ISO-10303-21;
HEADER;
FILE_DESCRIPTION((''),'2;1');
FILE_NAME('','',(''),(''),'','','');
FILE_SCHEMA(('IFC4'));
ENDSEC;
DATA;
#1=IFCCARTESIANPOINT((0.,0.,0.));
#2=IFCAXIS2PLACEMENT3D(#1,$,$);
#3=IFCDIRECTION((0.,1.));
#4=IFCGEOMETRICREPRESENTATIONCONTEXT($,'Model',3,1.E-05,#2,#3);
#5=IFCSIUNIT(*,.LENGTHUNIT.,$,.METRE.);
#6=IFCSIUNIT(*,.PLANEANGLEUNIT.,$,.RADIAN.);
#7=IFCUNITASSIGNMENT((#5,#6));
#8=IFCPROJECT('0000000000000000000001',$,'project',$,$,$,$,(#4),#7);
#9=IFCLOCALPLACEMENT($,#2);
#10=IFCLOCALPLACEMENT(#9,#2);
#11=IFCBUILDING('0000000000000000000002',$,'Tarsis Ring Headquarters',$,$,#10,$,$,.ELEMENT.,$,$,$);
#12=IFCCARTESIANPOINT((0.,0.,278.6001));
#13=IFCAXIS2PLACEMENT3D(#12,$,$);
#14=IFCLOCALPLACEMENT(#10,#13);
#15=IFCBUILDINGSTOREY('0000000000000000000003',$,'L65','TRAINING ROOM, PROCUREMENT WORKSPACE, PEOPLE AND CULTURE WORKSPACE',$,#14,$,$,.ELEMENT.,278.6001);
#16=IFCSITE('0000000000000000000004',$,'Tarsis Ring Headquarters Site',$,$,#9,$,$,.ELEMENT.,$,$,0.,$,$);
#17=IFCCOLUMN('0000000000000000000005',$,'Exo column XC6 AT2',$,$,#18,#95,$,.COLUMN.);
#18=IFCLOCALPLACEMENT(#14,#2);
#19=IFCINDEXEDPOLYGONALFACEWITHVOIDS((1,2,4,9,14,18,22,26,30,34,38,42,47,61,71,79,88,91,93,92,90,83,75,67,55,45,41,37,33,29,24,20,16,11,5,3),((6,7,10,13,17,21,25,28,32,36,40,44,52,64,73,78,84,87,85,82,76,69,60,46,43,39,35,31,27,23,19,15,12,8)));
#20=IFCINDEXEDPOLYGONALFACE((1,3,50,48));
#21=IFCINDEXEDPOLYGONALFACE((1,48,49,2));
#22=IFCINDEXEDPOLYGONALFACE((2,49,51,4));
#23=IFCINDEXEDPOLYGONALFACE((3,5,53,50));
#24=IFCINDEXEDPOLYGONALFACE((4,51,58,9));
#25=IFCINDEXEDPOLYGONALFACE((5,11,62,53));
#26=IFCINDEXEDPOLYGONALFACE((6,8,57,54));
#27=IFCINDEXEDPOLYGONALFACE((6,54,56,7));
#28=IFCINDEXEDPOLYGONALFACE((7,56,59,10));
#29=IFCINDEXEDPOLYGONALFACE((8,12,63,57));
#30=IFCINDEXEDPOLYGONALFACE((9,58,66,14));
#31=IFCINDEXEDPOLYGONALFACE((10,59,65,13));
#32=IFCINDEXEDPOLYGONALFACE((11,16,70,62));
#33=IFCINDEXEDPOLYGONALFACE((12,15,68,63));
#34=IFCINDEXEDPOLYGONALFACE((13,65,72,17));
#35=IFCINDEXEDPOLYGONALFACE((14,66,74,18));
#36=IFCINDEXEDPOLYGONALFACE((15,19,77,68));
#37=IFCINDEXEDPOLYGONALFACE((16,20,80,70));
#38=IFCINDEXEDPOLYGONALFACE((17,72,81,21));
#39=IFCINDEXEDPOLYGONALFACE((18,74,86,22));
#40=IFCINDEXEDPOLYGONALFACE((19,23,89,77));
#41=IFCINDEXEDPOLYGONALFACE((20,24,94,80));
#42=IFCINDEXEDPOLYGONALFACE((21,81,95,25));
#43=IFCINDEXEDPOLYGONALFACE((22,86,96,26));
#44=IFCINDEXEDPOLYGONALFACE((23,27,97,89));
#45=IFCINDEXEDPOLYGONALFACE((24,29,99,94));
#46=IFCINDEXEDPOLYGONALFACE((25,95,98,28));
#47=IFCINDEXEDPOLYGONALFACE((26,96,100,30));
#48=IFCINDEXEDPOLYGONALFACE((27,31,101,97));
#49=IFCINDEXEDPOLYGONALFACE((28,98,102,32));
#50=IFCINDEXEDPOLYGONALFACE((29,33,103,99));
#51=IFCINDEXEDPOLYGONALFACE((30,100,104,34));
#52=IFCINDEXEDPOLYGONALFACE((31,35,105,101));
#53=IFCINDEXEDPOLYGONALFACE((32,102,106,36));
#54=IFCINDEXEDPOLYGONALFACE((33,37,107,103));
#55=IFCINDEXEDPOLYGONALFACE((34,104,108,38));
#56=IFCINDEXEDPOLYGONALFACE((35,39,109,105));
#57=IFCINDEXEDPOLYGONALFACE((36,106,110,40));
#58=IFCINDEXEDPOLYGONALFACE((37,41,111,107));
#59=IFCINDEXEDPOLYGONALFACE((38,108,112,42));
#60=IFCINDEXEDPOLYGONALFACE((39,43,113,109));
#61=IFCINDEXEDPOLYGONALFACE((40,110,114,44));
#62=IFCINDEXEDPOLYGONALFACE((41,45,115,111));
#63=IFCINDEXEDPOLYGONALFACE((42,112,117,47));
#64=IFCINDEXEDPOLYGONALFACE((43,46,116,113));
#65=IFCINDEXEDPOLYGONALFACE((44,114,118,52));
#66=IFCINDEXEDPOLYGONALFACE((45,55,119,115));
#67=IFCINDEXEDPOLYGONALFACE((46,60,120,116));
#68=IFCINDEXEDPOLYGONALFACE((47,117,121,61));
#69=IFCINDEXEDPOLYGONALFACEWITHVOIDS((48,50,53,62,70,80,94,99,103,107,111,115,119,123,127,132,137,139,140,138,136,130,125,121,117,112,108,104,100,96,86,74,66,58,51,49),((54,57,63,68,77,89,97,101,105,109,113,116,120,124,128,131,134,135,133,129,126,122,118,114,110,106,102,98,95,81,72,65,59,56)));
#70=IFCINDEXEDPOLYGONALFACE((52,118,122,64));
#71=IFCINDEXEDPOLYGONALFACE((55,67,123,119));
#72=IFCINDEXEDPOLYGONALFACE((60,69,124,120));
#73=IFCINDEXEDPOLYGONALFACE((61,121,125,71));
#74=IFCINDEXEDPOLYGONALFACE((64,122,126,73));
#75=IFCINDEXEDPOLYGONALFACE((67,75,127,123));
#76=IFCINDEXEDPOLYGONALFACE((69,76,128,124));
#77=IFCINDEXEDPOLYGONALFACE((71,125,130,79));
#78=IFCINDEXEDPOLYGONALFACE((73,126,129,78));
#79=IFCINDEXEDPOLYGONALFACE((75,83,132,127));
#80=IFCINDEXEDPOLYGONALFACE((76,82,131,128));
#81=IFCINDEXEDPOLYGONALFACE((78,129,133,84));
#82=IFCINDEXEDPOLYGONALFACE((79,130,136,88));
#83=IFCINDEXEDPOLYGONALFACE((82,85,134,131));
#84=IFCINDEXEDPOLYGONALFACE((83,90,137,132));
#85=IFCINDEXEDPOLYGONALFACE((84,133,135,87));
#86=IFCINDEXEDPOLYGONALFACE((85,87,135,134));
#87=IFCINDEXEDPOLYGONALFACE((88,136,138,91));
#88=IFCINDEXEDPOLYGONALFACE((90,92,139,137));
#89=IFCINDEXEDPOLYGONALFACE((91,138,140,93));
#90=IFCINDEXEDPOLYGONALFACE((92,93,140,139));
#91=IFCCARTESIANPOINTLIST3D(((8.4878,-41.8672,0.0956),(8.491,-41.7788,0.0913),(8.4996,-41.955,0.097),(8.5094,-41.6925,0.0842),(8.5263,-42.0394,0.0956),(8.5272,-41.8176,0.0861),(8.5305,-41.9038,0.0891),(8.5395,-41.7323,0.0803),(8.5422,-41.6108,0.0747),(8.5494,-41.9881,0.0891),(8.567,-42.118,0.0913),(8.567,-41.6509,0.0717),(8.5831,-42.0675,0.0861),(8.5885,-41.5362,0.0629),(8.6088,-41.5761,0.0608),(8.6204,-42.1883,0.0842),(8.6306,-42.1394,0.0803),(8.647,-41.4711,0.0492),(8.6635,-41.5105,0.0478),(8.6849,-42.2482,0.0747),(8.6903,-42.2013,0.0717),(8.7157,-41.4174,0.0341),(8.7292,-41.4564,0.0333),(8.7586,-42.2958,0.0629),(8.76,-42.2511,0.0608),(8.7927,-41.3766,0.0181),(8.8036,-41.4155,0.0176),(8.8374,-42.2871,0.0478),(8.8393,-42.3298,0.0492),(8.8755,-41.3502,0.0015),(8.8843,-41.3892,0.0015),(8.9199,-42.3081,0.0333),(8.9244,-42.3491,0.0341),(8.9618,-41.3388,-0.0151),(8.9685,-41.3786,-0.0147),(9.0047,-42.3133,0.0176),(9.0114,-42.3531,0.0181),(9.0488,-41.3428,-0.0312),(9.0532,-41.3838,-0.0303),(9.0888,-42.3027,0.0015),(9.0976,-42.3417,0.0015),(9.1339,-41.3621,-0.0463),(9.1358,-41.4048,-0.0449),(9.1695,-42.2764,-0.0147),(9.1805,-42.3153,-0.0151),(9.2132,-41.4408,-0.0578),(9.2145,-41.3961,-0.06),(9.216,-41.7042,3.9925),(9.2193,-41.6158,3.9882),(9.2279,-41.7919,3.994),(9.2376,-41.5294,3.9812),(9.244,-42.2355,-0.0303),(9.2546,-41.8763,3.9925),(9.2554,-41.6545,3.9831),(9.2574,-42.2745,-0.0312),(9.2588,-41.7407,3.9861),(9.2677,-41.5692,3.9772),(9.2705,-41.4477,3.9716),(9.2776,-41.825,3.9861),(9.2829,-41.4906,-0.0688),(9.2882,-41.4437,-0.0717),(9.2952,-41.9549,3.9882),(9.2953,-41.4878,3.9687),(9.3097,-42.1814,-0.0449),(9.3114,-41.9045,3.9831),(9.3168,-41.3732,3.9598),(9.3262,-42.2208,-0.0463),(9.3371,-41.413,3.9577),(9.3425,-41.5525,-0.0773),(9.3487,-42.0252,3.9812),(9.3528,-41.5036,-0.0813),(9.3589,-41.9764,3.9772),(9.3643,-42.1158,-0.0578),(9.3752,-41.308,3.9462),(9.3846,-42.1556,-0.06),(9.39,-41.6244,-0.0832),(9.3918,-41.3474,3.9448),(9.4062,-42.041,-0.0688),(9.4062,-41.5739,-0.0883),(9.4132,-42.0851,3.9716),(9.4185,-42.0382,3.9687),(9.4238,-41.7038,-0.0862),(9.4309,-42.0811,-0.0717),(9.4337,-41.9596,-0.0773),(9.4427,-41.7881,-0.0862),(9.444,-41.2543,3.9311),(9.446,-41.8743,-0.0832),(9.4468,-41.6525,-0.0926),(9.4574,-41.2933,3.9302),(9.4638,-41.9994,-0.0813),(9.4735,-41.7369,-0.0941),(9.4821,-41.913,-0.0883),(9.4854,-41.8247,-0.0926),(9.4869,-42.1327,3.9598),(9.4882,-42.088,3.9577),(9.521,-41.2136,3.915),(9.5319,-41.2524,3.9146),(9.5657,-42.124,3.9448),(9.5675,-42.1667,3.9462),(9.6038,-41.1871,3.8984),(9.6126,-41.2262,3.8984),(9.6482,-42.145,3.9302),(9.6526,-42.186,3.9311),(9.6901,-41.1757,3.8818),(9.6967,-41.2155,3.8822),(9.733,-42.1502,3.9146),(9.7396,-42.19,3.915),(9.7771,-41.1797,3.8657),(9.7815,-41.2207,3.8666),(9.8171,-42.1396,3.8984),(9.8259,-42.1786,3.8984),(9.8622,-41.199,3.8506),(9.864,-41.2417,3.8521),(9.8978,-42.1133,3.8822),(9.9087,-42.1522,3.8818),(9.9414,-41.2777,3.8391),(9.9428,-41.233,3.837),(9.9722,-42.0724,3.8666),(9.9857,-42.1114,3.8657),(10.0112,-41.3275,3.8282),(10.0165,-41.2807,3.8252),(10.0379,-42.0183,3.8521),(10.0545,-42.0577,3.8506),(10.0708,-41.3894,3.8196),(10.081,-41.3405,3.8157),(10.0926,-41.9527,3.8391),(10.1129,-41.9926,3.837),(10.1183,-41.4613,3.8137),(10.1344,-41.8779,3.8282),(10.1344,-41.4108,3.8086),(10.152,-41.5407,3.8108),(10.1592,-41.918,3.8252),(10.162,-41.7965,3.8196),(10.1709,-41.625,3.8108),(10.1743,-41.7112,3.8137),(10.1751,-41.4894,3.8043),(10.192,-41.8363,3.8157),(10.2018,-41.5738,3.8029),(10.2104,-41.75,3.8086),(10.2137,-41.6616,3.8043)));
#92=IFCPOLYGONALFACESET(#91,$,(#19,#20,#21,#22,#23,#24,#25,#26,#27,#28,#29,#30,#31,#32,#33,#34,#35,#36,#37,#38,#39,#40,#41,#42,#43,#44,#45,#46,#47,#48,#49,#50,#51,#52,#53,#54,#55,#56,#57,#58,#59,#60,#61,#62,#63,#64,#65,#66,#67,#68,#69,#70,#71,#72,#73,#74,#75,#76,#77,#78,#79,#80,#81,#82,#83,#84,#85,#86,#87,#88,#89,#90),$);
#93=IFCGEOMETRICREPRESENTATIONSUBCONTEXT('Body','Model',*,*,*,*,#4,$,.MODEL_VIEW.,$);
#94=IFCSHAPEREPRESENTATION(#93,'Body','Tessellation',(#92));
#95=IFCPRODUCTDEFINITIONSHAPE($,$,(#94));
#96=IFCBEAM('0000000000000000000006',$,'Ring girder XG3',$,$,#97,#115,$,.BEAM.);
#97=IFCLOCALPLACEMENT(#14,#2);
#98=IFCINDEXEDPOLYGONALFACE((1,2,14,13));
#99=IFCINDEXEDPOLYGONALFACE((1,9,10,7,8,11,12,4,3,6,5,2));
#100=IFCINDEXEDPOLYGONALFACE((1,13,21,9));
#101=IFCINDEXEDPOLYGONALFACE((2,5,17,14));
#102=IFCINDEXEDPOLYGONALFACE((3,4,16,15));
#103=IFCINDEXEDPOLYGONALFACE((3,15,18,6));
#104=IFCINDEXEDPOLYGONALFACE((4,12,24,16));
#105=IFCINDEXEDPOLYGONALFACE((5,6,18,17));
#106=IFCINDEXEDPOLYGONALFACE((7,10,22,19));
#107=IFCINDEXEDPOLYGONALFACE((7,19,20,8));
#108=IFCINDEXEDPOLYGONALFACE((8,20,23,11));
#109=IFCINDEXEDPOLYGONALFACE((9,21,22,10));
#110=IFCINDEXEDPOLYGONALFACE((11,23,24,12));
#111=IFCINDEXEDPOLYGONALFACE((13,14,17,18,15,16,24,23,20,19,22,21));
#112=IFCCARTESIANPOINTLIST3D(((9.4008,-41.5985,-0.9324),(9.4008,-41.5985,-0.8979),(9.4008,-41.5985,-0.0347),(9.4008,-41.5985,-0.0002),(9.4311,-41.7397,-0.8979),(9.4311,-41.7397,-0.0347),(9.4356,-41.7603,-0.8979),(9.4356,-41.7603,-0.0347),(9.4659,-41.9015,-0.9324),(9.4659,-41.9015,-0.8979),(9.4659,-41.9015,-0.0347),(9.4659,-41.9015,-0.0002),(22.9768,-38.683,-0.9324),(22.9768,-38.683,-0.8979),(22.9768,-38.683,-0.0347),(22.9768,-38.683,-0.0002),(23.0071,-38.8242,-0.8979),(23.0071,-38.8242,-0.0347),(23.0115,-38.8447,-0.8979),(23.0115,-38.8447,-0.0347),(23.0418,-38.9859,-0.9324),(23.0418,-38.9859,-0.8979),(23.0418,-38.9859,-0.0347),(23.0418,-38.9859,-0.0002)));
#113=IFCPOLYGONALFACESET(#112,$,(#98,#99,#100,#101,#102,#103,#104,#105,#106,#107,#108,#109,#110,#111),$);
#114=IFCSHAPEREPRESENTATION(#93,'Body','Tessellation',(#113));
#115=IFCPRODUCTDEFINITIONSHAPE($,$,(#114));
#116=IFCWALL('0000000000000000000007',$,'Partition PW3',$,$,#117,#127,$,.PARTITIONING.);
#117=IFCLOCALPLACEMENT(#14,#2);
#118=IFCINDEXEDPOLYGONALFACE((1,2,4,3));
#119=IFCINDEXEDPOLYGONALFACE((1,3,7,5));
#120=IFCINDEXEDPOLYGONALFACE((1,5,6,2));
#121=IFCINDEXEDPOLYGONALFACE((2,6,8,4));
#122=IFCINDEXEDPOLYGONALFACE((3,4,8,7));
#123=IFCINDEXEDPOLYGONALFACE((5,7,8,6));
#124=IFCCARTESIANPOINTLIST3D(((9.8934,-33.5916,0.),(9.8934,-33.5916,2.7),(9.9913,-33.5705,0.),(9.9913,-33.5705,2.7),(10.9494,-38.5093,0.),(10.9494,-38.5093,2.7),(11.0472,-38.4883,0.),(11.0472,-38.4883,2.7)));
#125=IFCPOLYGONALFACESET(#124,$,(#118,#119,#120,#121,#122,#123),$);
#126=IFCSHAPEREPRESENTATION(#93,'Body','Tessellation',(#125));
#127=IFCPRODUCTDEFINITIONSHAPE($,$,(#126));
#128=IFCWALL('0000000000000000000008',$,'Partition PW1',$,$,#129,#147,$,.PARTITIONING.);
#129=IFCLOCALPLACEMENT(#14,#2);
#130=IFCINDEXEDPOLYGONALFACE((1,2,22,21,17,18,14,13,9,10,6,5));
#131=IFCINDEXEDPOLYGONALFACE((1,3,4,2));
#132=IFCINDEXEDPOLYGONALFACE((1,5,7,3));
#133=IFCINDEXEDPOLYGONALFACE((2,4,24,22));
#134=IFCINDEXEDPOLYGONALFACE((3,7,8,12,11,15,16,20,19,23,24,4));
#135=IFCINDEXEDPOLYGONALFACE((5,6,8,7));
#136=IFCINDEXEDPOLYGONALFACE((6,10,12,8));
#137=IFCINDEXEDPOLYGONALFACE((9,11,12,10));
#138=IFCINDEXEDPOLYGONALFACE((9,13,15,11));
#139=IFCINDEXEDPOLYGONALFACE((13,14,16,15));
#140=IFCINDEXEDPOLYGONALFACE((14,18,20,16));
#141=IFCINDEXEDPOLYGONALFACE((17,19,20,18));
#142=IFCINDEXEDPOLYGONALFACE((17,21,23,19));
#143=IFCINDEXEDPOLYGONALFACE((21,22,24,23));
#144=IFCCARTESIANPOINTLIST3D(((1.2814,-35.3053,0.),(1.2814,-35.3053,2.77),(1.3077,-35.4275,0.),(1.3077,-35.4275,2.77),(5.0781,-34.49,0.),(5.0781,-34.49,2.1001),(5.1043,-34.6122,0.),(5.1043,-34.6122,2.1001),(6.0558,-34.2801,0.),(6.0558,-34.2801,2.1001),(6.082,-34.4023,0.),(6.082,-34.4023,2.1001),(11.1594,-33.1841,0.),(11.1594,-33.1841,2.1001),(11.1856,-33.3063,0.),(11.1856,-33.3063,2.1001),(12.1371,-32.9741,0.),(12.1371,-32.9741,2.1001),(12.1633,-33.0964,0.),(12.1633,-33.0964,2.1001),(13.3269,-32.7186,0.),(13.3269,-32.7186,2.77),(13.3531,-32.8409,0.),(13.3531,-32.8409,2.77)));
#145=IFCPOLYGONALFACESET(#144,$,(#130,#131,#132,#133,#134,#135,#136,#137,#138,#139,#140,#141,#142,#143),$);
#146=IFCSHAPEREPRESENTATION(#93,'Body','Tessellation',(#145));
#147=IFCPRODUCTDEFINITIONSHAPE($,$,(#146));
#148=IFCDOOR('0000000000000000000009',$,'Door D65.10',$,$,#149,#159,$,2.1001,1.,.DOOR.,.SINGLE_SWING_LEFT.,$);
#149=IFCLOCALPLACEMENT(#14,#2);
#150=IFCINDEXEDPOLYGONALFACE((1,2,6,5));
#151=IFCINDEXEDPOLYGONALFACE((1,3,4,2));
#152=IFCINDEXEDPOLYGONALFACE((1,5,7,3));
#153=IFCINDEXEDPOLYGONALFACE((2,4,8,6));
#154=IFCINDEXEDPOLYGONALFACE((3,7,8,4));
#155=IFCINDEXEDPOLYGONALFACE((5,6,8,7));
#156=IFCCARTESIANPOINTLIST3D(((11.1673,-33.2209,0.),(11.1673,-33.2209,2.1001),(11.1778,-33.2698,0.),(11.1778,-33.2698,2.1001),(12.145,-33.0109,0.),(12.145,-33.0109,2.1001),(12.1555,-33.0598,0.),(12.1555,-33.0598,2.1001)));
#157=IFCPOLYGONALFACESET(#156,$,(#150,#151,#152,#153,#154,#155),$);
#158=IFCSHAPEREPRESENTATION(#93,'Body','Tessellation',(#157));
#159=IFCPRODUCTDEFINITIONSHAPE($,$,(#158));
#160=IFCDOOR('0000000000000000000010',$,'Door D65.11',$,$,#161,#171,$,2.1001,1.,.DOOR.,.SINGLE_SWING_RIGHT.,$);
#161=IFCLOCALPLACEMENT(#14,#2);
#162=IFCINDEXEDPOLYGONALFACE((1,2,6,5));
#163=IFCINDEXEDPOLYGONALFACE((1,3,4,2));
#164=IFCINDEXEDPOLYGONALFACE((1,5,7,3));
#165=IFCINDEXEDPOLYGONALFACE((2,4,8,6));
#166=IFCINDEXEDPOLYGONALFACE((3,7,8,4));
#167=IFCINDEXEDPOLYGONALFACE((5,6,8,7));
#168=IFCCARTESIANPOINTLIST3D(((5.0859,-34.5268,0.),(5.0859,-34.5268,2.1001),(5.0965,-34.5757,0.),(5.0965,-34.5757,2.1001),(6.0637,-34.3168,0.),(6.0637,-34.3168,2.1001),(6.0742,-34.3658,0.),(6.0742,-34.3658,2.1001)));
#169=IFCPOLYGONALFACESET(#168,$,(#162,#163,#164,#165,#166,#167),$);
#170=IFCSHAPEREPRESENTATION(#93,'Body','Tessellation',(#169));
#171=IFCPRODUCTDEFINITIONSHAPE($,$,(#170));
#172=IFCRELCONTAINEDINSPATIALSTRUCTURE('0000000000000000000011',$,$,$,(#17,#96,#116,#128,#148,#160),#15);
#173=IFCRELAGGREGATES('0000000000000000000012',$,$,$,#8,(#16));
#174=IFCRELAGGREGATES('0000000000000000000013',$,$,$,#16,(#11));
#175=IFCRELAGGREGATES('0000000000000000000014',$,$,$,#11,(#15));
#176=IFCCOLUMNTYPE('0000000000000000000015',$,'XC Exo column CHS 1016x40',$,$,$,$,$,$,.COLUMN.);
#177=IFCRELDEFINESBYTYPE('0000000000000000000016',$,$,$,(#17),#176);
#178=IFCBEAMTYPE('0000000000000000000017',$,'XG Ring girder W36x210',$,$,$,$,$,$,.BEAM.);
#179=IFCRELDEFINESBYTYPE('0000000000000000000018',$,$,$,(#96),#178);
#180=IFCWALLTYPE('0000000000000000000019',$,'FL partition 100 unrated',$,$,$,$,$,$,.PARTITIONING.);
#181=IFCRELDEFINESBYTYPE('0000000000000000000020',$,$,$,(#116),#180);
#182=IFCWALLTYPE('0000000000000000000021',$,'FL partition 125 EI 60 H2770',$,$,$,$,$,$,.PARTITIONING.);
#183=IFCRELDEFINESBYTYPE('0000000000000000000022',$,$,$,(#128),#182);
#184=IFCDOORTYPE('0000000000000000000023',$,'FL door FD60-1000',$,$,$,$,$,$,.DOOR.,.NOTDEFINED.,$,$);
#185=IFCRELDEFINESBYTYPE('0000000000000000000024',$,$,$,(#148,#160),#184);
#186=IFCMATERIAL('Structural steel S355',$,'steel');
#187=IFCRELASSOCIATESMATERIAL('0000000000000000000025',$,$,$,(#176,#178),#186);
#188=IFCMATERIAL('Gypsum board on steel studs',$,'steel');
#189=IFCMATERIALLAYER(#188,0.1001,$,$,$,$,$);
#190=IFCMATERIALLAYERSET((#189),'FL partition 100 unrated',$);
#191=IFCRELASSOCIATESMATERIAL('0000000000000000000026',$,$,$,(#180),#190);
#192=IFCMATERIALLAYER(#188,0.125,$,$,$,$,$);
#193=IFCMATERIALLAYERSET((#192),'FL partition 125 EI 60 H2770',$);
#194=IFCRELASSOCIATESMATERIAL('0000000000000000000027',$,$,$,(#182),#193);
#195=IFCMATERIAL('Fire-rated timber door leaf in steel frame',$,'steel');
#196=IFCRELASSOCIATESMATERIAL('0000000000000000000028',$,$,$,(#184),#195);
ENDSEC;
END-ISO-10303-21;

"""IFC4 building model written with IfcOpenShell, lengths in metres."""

from ifc_helpers import new_model, si_unit, direction, frame, frame_2d, origin, origin_2d, place, context, subcontext, project, spatial, rectangle, hollow_circle, i_section, extrude, material, layer, layer_set, material_profile, profile_set, type_object, element, fill, save


model = new_model("IFC4")

# Units and contexts
model_context = context("Model", 3, precision=1e-05, world=origin(), true_north=direction((0.0, 1.0)))
body_context = subcontext(model_context, "Body", "Model", "MODEL_VIEW")
ifc_project = project(units=[si_unit("LENGTHUNIT", "METRE"), si_unit("PLANEANGLEUNIT", "RADIAN")], contexts=[model_context])

# Site, building, storey
site_placement = place(None, origin())
site = spatial("IfcSite", under=ifc_project, at=site_placement, Name="Tarsis Ring Headquarters Site", CompositionType="ELEMENT", RefElevation=0.0)
building_placement = place(site_placement, origin())
building = spatial("IfcBuilding", under=site, at=building_placement, Name="Tarsis Ring Headquarters", CompositionType="ELEMENT")
storey_placement = place(building_placement, frame((0.0, 0.0, 278.6001)))
storey = spatial("IfcBuildingStorey", under=building, at=storey_placement, Name="L65", Description="TRAINING ROOM, PROCUREMENT WORKSPACE, PEOPLE AND CULTURE WORKSPACE", CompositionType="ELEMENT", Elevation=278.6001)

# Column
ifc_material_1 = material(Name="Structural steel S355", Category="steel")
ifc_material_profile_1 = material_profile(ifc_material_1, hollow_circle(Radius=0.5081, WallThickness=0.04, at=origin_2d()), Name="CHS 1016x40")
ifc_profile_set_1 = profile_set([ifc_material_profile_1], Name="Structural steel S355")
column_type = type_object("IfcColumnType", Name="XC Exo column CHS 1016x40", PredefinedType="COLUMN", material=ifc_profile_set_1)
column_placement = place(storey_placement, frame((8.9866, -41.8459, 0.0015), z_axis=(0.183546, 0.041102, 0.982151), x_axis=(-0.218523, 0.975832, 0.0)))
element("IfcColumn", 1, at=column_placement, inside=storey, type_object=column_type, Name="Exo column XC6 AT2", PredefinedType="COLUMN", context=body_context, shape_type="SweptSolid", body=[
    extrude(hollow_circle(Radius=0.5081, WallThickness=0.04, at=origin_2d()), origin(), (0.0, 0.0, 1.0), 3.9678),
])

# Beam
ifc_material_profile_2 = material_profile(ifc_material_1, i_section(OverallWidth=0.3098, OverallDepth=0.9321, WebThickness=0.021, FlangeThickness=0.0344, at=origin_2d()), Name="W36x210")
ifc_profile_set_2 = profile_set([ifc_material_profile_2], Name="Structural steel S355")
beam_type = type_object("IfcBeamType", Name="XG Ring girder W36x210", PredefinedType="BEAM", material=ifc_profile_set_2)
beam_placement = place(storey_placement, frame((9.4333, -41.75, -0.4663), z_axis=(0.977708, 0.20997, 0.0), x_axis=(-0.20997, 0.977708, 0.0)))
element("IfcBeam", 2, at=beam_placement, inside=storey, type_object=beam_type, Name="Ring girder XG3", PredefinedType="BEAM", context=body_context, shape_type="SweptSolid", body=[
    extrude(i_section(OverallWidth=0.3098, OverallDepth=0.9321, WebThickness=0.021, FlangeThickness=0.0344, at=origin_2d()), origin(), (0.0, 0.0, 1.0), 13.8855),
])

# Wall
ifc_material_2 = material(Name="Gypsum board on steel studs", Category="steel")
ifc_layer_1 = layer(ifc_material_2, 0.1001)
ifc_layer_set_1 = layer_set([ifc_layer_1], Name="FL partition 100 unrated")
wall_type_1 = type_object("IfcWallType", Name="FL partition 100 unrated", PredefinedType="PARTITIONING", material=ifc_layer_set_1)
wall_1_placement = place(storey_placement, frame((9.9424, -33.5811, 0.0), z_axis=(0.0, 0.0, 1.0), x_axis=(0.20993, -0.977716, 0.0)))
element("IfcWall", 3, at=wall_1_placement, inside=storey, type_object=wall_type_1, Name="Partition PW3", PredefinedType="PARTITIONING", context=body_context, shape_type="SweptSolid", body=[
    extrude(rectangle(XDim=5.0298, YDim=0.1001, at=frame_2d((2.5149, 0.0))), origin(), (0.0, 0.0, 1.0), 2.7),
])

# Wall, openings, doors
ifc_layer_2 = layer(ifc_material_2, 0.125)
ifc_layer_set_2 = layer_set([ifc_layer_2], Name="FL partition 125 EI 60 H2770")
wall_type_2 = type_object("IfcWallType", Name="FL partition 125 EI 60 H2770", PredefinedType="PARTITIONING", material=ifc_layer_set_2)
wall_2_placement = place(storey_placement, frame((1.2944, -35.3665, 0.0), z_axis=(0.0, 0.0, 1.0), x_axis=(0.977711, 0.209957, 0.0)))
wall_2 = element("IfcWall", 4, at=wall_2_placement, inside=storey, type_object=wall_type_2, Name="Partition PW1", PredefinedType="PARTITIONING", context=body_context, shape_type="SweptSolid", body=[
    extrude(rectangle(XDim=12.3201, YDim=0.125, at=frame_2d((6.1602, 0.0))), origin(), (0.0, 0.0, 1.0), 2.77),
])
opening_1_placement = place(wall_2_placement, frame((10.1033, 0.0, 0.0)))
opening_1 = element("IfcOpeningElement", 5, at=opening_1_placement, cuts=wall_2, PredefinedType="OPENING", context=body_context, shape_type="SweptSolid", body=[
    extrude(rectangle(XDim=1.0, YDim=2.1001, at=frame_2d((0.5, 1.05))), frame((0.0, 0.0725, 0.0), z_axis=(0.0, -1.0, 0.0), x_axis=(1.0, 0.0, 0.0)), (0.0, 0.0, 1.0), 0.145),
])
opening_2_placement = place(wall_2_placement, frame((3.8833, 0.0, 0.0)))
opening_2 = element("IfcOpeningElement", 6, at=opening_2_placement, cuts=wall_2, PredefinedType="OPENING", context=body_context, shape_type="SweptSolid", body=[
    extrude(rectangle(XDim=1.0, YDim=2.1001, at=frame_2d((0.5, 1.05))), frame((0.0, 0.0725, 0.0), z_axis=(0.0, -1.0, 0.0), x_axis=(1.0, 0.0, 0.0)), (0.0, 0.0, 1.0), 0.145),
])
ifc_material_3 = material(Name="Fire-rated timber door leaf in steel frame", Category="steel")
door_type = type_object("IfcDoorType", Name="FL door FD60-1000", OperationType="NOTDEFINED", PredefinedType="DOOR", material=ifc_material_3)
door_1_placement = place(opening_1_placement, origin())
door_1 = element("IfcDoor", 7, at=door_1_placement, inside=storey, type_object=door_type, Name="Door D65.10", OperationType="SINGLE_SWING_LEFT", OverallHeight=2.1001, OverallWidth=1.0, PredefinedType="DOOR", context=body_context, shape_type="SweptSolid", body=[
    extrude(rectangle(XDim=1.0, YDim=2.1001, at=frame_2d((0.5, 1.05))), frame((0.0, 0.0249, 0.0), z_axis=(0.0, -1.0, 0.0), x_axis=(1.0, 0.0, 0.0)), (0.0, 0.0, 1.0), 0.05),
])
fill(opening_1, door_1)
door_2_placement = place(opening_2_placement, origin())
door_2 = element("IfcDoor", 8, at=door_2_placement, inside=storey, type_object=door_type, Name="Door D65.11", OperationType="SINGLE_SWING_RIGHT", OverallHeight=2.1001, OverallWidth=1.0, PredefinedType="DOOR", context=body_context, shape_type="SweptSolid", body=[
    extrude(rectangle(XDim=1.0, YDim=2.1001, at=frame_2d((0.5, 1.05))), frame((0.0, 0.0249, 0.0), z_axis=(0.0, -1.0, 0.0), x_axis=(1.0, 0.0, 0.0)), (0.0, 0.0, 1.0), 0.05),
])
fill(opening_2, door_2)

save(model, "model.ifc")
